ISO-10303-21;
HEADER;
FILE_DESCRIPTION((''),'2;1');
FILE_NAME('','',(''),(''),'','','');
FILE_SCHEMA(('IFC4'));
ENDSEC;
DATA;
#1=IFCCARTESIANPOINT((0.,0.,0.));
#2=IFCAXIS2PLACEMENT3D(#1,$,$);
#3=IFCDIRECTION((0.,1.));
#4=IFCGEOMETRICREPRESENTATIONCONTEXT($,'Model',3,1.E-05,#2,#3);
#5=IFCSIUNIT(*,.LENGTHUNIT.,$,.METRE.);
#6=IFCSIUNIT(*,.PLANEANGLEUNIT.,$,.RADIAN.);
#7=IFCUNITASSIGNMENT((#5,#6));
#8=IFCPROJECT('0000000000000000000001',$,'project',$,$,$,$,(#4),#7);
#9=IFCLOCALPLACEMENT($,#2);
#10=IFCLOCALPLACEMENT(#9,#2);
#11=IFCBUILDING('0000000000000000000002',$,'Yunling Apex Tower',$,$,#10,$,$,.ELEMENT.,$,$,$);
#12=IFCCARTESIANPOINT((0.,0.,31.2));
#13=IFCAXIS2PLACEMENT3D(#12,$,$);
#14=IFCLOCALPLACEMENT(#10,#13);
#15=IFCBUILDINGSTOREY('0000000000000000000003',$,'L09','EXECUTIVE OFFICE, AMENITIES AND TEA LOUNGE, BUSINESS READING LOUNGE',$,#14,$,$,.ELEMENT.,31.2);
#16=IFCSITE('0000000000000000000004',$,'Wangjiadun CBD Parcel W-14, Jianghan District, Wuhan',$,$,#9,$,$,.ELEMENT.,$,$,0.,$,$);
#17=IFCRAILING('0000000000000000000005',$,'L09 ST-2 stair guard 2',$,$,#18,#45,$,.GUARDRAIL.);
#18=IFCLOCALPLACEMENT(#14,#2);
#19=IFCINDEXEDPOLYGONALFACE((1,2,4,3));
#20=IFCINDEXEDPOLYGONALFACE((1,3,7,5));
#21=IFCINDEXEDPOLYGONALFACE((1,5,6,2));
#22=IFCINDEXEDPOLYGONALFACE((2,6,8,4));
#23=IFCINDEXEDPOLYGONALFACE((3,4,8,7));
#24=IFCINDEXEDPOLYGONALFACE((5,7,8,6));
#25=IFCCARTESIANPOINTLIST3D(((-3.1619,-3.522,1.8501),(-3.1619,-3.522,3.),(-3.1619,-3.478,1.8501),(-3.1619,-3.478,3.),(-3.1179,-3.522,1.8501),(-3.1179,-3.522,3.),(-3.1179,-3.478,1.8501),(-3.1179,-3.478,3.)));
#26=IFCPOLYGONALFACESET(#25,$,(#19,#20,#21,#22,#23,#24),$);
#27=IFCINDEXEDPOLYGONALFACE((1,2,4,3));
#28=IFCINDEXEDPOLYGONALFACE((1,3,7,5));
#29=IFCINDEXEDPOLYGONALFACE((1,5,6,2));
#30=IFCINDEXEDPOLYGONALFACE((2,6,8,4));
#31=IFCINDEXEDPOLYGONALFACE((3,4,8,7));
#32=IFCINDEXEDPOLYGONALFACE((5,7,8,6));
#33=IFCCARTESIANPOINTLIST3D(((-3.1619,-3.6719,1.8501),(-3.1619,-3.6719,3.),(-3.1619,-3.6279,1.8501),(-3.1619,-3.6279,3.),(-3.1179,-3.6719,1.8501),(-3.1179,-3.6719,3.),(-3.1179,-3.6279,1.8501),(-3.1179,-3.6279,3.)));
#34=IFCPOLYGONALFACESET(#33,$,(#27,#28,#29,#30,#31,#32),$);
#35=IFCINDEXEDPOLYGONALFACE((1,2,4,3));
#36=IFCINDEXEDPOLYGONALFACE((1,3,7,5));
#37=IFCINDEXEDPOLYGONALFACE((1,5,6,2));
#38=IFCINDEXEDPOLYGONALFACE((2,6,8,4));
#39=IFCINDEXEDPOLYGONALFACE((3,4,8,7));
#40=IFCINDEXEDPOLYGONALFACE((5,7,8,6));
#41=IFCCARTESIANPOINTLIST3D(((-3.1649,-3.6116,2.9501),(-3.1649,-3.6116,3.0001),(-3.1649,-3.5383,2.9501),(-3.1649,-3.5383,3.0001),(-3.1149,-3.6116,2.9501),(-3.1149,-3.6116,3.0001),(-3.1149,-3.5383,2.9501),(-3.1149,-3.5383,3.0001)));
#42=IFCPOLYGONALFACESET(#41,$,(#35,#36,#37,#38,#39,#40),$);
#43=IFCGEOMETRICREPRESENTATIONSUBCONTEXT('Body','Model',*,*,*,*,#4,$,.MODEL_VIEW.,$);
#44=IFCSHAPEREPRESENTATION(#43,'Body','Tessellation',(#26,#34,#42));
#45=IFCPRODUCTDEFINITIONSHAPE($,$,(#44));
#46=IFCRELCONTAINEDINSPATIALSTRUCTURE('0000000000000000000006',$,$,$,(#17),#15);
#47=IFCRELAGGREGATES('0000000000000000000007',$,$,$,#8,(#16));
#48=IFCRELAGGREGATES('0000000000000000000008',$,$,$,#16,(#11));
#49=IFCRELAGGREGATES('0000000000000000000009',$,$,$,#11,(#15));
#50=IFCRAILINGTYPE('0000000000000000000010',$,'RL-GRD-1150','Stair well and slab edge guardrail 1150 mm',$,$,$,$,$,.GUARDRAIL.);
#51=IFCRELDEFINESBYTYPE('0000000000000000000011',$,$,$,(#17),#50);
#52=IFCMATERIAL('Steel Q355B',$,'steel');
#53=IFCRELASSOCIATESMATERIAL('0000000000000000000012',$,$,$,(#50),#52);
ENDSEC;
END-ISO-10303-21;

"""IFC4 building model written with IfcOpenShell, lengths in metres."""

from ifc_helpers import new_model, si_unit, direction, frame, origin, origin_2d, place, context, subcontext, project, spatial, rectangle, extrude, material, type_object, element, save


model = new_model("IFC4")

# Units and contexts
model_context = context("Model", 3, precision=1e-05, world=origin(), true_north=direction((0.0, 1.0)))
body_context = subcontext(model_context, "Body", "Model", "MODEL_VIEW")
ifc_project = project(units=[si_unit("LENGTHUNIT", "METRE"), si_unit("PLANEANGLEUNIT", "RADIAN")], contexts=[model_context])

# Site, building, storey
site_placement = place(None, origin())
site = spatial("IfcSite", under=ifc_project, at=site_placement, Name="Wangjiadun CBD Parcel W-14, Jianghan District, Wuhan", CompositionType="ELEMENT", RefElevation=0.0)
building_placement = place(site_placement, origin())
building = spatial("IfcBuilding", under=site, at=building_placement, Name="Yunling Apex Tower", CompositionType="ELEMENT")
storey_placement = place(building_placement, frame((0.0, 0.0, 31.2)))
storey = spatial("IfcBuildingStorey", under=building, at=storey_placement, Name="L09", Description="EXECUTIVE OFFICE, AMENITIES AND TEA LOUNGE, BUSINESS READING LOUNGE", CompositionType="ELEMENT", Elevation=31.2)

# Shared definitions
ifc_material_1 = material(Name="Steel Q355B", Category="steel")

# Railing
railing_type = type_object("IfcRailingType", Name="RL-GRD-1150", Description="Stair well and slab edge guardrail 1150 mm", PredefinedType="GUARDRAIL", material=ifc_material_1)
railing_placement = place(storey_placement, frame((-3.1399, -3.5, 1.8501)))
element("IfcRailing", 1, at=railing_placement, inside=storey, type_object=railing_type, Name="L09 ST-2 stair guard 2", PredefinedType="GUARDRAIL", context=body_context, shape_type="SweptSolid", body=[
    extrude(rectangle(XDim=0.0439, YDim=0.0439, at=origin_2d()), origin(), (0.0, 0.0, 1.0), 1.1499),
    extrude(rectangle(XDim=0.0439, YDim=0.0439, at=origin_2d()), frame((0.0, -0.1499, 0.0)), (0.0, 0.0, 1.0), 1.1499),
    extrude(rectangle(XDim=0.05, YDim=0.05, at=origin_2d()), frame((0.0, -0.0383, 1.125), z_axis=(0.0, -1.0, 0.0), x_axis=(1.0, 0.0, 0.0)), (0.0, 0.0, 1.0), 0.0732),
])

save(model, "model.ifc")
